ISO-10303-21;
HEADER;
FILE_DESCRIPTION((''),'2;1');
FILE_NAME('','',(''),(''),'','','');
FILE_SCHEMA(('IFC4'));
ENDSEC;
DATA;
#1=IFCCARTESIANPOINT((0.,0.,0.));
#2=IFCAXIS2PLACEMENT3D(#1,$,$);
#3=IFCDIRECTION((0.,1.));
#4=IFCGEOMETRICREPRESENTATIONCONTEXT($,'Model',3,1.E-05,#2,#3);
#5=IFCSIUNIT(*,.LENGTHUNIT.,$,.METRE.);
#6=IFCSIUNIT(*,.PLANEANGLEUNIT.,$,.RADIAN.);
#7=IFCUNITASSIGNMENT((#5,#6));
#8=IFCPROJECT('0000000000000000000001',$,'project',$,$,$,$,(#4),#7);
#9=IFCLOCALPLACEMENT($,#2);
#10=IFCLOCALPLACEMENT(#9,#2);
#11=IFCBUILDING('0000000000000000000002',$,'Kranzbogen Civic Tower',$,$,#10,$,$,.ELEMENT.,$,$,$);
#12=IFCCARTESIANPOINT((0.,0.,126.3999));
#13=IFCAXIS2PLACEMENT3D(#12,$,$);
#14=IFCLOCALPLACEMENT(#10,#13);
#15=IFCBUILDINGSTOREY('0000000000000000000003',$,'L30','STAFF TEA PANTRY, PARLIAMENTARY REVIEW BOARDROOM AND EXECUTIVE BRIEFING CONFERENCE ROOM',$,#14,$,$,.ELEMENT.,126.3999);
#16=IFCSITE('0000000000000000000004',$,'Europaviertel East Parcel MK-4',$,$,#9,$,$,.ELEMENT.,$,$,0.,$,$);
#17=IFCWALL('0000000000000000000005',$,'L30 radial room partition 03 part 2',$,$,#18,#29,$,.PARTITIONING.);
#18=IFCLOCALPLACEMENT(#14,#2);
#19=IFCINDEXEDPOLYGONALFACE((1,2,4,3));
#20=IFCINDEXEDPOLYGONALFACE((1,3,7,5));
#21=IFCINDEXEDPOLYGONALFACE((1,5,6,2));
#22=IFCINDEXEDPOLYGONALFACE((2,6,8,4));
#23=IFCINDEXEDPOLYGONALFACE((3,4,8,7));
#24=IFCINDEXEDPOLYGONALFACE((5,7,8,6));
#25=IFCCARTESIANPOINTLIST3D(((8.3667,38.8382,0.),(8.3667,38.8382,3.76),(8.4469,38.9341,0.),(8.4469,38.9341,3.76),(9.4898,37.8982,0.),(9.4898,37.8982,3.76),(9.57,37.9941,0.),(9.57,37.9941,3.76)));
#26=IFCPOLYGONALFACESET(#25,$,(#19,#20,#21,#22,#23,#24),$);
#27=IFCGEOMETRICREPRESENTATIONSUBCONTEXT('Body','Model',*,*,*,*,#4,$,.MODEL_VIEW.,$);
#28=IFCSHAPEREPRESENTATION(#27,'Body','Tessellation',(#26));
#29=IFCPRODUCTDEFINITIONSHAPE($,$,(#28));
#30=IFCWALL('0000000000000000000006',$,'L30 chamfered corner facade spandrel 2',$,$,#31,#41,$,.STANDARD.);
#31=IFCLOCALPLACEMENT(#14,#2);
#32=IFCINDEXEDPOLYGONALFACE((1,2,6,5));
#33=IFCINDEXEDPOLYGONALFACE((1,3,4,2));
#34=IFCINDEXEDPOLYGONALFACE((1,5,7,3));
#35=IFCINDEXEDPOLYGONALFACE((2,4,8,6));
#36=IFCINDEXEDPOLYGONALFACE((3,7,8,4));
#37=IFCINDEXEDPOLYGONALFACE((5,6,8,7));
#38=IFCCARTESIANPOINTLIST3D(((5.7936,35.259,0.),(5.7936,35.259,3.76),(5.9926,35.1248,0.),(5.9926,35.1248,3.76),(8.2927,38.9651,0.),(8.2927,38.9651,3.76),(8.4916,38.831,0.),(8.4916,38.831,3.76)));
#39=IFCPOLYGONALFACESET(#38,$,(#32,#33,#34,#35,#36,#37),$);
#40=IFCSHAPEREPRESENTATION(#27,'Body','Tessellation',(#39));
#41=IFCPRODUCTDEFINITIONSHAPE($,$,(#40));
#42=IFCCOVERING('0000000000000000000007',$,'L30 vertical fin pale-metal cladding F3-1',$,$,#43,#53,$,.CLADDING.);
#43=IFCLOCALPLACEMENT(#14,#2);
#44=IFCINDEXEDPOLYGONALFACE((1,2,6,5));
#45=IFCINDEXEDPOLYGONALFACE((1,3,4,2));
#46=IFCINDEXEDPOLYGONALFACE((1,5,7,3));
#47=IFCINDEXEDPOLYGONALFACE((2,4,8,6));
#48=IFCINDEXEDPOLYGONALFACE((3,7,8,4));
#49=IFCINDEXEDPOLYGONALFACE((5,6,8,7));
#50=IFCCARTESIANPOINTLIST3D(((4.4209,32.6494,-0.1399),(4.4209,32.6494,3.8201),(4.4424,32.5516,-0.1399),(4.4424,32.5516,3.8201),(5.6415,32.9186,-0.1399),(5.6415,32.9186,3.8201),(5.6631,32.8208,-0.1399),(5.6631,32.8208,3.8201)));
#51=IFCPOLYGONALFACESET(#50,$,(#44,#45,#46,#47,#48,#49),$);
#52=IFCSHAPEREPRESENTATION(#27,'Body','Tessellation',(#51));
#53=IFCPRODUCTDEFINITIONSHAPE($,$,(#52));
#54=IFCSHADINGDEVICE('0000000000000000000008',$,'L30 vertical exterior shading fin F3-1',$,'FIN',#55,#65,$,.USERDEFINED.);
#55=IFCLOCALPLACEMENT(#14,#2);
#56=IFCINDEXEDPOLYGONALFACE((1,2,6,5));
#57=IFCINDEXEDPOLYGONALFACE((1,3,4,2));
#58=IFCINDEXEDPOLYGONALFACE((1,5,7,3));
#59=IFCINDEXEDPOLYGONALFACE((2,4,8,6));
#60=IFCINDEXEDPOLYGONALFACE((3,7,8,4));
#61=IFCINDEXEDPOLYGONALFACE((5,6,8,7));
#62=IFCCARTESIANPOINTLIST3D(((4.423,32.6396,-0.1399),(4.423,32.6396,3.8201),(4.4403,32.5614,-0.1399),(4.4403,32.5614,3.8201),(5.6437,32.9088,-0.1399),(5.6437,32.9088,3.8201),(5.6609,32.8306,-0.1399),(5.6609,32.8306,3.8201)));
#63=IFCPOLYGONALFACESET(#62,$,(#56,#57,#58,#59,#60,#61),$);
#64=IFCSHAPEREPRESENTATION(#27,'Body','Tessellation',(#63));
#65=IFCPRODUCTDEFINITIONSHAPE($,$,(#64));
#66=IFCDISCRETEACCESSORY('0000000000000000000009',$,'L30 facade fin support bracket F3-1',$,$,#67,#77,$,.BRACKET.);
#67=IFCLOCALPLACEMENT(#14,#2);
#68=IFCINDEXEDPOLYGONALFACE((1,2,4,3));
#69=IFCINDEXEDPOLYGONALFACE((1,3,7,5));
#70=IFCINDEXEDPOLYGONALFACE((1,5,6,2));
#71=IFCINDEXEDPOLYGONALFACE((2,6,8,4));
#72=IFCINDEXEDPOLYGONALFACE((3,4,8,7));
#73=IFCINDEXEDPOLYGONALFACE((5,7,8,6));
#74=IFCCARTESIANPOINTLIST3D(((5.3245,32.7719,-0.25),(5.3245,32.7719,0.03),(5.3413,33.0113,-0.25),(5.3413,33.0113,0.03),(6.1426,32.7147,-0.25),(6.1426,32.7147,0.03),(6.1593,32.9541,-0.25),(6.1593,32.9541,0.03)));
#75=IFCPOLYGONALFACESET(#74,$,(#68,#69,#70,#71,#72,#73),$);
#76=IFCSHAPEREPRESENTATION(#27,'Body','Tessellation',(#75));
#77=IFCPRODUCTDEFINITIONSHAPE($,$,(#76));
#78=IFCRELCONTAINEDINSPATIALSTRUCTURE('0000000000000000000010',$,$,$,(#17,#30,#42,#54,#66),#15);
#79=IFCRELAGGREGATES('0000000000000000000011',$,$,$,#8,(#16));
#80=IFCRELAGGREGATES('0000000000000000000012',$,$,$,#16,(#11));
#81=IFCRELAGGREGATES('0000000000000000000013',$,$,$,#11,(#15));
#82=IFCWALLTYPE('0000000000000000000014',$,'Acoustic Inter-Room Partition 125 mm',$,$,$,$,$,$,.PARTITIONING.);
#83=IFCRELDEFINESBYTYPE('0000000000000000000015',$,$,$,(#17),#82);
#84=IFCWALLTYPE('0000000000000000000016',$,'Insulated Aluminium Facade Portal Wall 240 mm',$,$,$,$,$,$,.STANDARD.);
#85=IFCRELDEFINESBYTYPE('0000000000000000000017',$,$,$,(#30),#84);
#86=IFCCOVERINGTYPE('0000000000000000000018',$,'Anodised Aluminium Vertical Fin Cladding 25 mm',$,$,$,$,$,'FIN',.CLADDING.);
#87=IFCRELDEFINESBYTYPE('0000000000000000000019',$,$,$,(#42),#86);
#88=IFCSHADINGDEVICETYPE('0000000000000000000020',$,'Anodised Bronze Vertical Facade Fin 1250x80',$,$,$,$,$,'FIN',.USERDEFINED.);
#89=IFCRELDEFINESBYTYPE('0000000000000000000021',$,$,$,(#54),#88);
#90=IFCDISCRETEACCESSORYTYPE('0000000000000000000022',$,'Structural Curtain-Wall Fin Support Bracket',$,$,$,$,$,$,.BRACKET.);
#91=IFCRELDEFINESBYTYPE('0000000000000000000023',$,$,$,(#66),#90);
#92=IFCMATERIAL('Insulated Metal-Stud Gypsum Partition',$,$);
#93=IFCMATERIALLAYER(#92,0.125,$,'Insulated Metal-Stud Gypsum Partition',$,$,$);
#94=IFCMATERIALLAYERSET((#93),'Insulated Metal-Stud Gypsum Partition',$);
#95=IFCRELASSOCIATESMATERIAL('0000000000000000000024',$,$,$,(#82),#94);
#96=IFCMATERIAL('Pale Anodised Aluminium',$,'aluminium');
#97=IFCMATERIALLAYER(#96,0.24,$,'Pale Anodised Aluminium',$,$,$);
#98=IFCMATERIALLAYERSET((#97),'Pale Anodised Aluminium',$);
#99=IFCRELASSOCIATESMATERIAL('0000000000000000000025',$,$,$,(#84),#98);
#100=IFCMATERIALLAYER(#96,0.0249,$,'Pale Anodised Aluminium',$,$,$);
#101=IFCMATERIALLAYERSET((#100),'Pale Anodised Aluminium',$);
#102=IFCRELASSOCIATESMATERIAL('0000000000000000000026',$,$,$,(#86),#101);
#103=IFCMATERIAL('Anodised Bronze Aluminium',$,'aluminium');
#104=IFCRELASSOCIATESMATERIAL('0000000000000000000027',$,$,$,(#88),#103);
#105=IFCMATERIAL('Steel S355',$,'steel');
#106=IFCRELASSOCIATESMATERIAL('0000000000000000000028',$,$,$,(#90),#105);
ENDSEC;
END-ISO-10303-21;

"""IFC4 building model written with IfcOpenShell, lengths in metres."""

from ifc_helpers import new_model, si_unit, direction, frame, frame_2d, origin, origin_2d, place, context, subcontext, project, spatial, rectangle, extrude, material, layer, layer_set, type_object, element, save


model = new_model("IFC4")

# Units and contexts
model_context = context("Model", 3, precision=1e-05, world=origin(), true_north=direction((0.0, 1.0)))
body_context = subcontext(model_context, "Body", "Model", "MODEL_VIEW")
ifc_project = project(units=[si_unit("LENGTHUNIT", "METRE"), si_unit("PLANEANGLEUNIT", "RADIAN")], contexts=[model_context])

# Site, building, storey
site_placement = place(None, origin())
site = spatial("IfcSite", under=ifc_project, at=site_placement, Name="Europaviertel East Parcel MK-4", CompositionType="ELEMENT", RefElevation=0.0)
building_placement = place(site_placement, origin())
building = spatial("IfcBuilding", under=site, at=building_placement, Name="Kranzbogen Civic Tower", CompositionType="ELEMENT")
storey_placement = place(building_placement, frame((0.0, 0.0, 126.3999)))
storey = spatial("IfcBuildingStorey", under=building, at=storey_placement, Name="L30", Description="STAFF TEA PANTRY, PARLIAMENTARY REVIEW BOARDROOM AND EXECUTIVE BRIEFING CONFERENCE ROOM", CompositionType="ELEMENT", Elevation=126.3999)

# Shared definitions
ifc_material_1 = material(Name="Pale Anodised Aluminium", Category="aluminium")

# Shared definitions
ifc_material_2 = material(Name="Steel S355", Category="steel")

# Walls
ifc_material_3 = material(Name="Insulated Metal-Stud Gypsum Partition")
ifc_layer_1 = layer(ifc_material_3, 0.125, Name="Insulated Metal-Stud Gypsum Partition")
ifc_layer_set_1 = layer_set([ifc_layer_1], Name="Insulated Metal-Stud Gypsum Partition")
wall_type_1 = type_object("IfcWallType", Name="Acoustic Inter-Room Partition 125 mm", PredefinedType="PARTITIONING", material=ifc_layer_set_1)
wall_1_placement = place(storey_placement, frame((9.53, 37.946, 0.0), z_axis=(0.0, 0.0, 1.0), x_axis=(-0.766853, 0.641823, 0.0)))
element("IfcWall", 1, at=wall_1_placement, inside=storey, type_object=wall_type_1, Name="L30 radial room partition 03 part 2", PredefinedType="PARTITIONING", context=body_context, shape_type="SweptSolid", body=[
    extrude(rectangle(XDim=1.4646, YDim=0.125, at=frame_2d((0.7324, 0.0))), origin(), (0.0, 0.0, 1.0), 3.76),
])
ifc_layer_2 = layer(ifc_material_1, 0.24, Name="Pale Anodised Aluminium")
ifc_layer_set_2 = layer_set([ifc_layer_2], Name="Pale Anodised Aluminium")
wall_type_2 = type_object("IfcWallType", Name="Insulated Aluminium Facade Portal Wall 240 mm", PredefinedType="STANDARD", material=ifc_layer_set_2)
wall_2_placement = place(storey_placement, frame((8.3921, 38.8979, 0.0), z_axis=(0.0, 0.0, 1.0), x_axis=(-0.559079, -0.829115, 0.0)))
element("IfcWall", 2, at=wall_2_placement, inside=storey, type_object=wall_type_2, Name="L30 chamfered corner facade spandrel 2", PredefinedType="STANDARD", context=body_context, shape_type="SweptSolid", body=[
    extrude(rectangle(XDim=4.47, YDim=0.24, at=frame_2d((2.2349, 0.0))), origin(), (0.0, 0.0, 1.0), 3.76),
])

# Covering
ifc_layer_3 = layer(ifc_material_1, 0.0249, Name="Pale Anodised Aluminium")
ifc_layer_set_3 = layer_set([ifc_layer_3], Name="Pale Anodised Aluminium")
covering_type = type_object("IfcCoveringType", Name="Anodised Aluminium Vertical Fin Cladding 25 mm", ElementType="FIN", PredefinedType="CLADDING", material=ifc_layer_set_3)
covering_placement = place(storey_placement, frame((5.042, 32.7351, -0.1399), z_axis=(0.0, 0.0, 1.0), x_axis=(-0.97653, -0.215383, 0.0)))
element("IfcCovering", 3, at=covering_placement, inside=storey, type_object=covering_type, Name="L30 vertical fin pale-metal cladding F3-1", PredefinedType="CLADDING", context=body_context, shape_type="SweptSolid", body=[
    extrude(rectangle(XDim=1.25, YDim=0.1001, at=origin_2d()), origin(), (0.0, 0.0, 1.0), 3.96),
])

# Shading device
ifc_material_4 = material(Name="Anodised Bronze Aluminium", Category="aluminium")
shading_device_type = type_object("IfcShadingDeviceType", Name="Anodised Bronze Vertical Facade Fin 1250x80", ElementType="FIN", PredefinedType="USERDEFINED", material=ifc_material_4)
shading_device_placement = place(storey_placement, frame((5.042, 32.7351, -0.1399), z_axis=(0.0, 0.0, 1.0), x_axis=(-0.97653, -0.215383, 0.0)))
element("IfcShadingDevice", 4, at=shading_device_placement, inside=storey, type_object=shading_device_type, Name="L30 vertical exterior shading fin F3-1", ObjectType="FIN", PredefinedType="USERDEFINED", context=body_context, shape_type="SweptSolid", body=[
    extrude(rectangle(XDim=1.25, YDim=0.0801, at=origin_2d()), origin(), (0.0, 0.0, 1.0), 3.96),
])

# Discrete accessory
discrete_accessory_type = type_object("IfcDiscreteAccessoryType", Name="Structural Curtain-Wall Fin Support Bracket", PredefinedType="BRACKET", material=ifc_material_2)
discrete_accessory_placement = place(storey_placement, frame((5.7419, 32.863, -0.25), z_axis=(0.0, 0.0, 1.0), x_axis=(-0.997564, 0.069756, 0.0)))
element("IfcDiscreteAccessory", 5, at=discrete_accessory_placement, inside=storey, type_object=discrete_accessory_type, Name="L30 facade fin support bracket F3-1", PredefinedType="BRACKET", context=body_context, shape_type="SweptSolid", body=[
    extrude(rectangle(XDim=0.8201, YDim=0.24, at=origin_2d()), origin(), (0.0, 0.0, 1.0), 0.28),
])

save(model, "model.ifc")
